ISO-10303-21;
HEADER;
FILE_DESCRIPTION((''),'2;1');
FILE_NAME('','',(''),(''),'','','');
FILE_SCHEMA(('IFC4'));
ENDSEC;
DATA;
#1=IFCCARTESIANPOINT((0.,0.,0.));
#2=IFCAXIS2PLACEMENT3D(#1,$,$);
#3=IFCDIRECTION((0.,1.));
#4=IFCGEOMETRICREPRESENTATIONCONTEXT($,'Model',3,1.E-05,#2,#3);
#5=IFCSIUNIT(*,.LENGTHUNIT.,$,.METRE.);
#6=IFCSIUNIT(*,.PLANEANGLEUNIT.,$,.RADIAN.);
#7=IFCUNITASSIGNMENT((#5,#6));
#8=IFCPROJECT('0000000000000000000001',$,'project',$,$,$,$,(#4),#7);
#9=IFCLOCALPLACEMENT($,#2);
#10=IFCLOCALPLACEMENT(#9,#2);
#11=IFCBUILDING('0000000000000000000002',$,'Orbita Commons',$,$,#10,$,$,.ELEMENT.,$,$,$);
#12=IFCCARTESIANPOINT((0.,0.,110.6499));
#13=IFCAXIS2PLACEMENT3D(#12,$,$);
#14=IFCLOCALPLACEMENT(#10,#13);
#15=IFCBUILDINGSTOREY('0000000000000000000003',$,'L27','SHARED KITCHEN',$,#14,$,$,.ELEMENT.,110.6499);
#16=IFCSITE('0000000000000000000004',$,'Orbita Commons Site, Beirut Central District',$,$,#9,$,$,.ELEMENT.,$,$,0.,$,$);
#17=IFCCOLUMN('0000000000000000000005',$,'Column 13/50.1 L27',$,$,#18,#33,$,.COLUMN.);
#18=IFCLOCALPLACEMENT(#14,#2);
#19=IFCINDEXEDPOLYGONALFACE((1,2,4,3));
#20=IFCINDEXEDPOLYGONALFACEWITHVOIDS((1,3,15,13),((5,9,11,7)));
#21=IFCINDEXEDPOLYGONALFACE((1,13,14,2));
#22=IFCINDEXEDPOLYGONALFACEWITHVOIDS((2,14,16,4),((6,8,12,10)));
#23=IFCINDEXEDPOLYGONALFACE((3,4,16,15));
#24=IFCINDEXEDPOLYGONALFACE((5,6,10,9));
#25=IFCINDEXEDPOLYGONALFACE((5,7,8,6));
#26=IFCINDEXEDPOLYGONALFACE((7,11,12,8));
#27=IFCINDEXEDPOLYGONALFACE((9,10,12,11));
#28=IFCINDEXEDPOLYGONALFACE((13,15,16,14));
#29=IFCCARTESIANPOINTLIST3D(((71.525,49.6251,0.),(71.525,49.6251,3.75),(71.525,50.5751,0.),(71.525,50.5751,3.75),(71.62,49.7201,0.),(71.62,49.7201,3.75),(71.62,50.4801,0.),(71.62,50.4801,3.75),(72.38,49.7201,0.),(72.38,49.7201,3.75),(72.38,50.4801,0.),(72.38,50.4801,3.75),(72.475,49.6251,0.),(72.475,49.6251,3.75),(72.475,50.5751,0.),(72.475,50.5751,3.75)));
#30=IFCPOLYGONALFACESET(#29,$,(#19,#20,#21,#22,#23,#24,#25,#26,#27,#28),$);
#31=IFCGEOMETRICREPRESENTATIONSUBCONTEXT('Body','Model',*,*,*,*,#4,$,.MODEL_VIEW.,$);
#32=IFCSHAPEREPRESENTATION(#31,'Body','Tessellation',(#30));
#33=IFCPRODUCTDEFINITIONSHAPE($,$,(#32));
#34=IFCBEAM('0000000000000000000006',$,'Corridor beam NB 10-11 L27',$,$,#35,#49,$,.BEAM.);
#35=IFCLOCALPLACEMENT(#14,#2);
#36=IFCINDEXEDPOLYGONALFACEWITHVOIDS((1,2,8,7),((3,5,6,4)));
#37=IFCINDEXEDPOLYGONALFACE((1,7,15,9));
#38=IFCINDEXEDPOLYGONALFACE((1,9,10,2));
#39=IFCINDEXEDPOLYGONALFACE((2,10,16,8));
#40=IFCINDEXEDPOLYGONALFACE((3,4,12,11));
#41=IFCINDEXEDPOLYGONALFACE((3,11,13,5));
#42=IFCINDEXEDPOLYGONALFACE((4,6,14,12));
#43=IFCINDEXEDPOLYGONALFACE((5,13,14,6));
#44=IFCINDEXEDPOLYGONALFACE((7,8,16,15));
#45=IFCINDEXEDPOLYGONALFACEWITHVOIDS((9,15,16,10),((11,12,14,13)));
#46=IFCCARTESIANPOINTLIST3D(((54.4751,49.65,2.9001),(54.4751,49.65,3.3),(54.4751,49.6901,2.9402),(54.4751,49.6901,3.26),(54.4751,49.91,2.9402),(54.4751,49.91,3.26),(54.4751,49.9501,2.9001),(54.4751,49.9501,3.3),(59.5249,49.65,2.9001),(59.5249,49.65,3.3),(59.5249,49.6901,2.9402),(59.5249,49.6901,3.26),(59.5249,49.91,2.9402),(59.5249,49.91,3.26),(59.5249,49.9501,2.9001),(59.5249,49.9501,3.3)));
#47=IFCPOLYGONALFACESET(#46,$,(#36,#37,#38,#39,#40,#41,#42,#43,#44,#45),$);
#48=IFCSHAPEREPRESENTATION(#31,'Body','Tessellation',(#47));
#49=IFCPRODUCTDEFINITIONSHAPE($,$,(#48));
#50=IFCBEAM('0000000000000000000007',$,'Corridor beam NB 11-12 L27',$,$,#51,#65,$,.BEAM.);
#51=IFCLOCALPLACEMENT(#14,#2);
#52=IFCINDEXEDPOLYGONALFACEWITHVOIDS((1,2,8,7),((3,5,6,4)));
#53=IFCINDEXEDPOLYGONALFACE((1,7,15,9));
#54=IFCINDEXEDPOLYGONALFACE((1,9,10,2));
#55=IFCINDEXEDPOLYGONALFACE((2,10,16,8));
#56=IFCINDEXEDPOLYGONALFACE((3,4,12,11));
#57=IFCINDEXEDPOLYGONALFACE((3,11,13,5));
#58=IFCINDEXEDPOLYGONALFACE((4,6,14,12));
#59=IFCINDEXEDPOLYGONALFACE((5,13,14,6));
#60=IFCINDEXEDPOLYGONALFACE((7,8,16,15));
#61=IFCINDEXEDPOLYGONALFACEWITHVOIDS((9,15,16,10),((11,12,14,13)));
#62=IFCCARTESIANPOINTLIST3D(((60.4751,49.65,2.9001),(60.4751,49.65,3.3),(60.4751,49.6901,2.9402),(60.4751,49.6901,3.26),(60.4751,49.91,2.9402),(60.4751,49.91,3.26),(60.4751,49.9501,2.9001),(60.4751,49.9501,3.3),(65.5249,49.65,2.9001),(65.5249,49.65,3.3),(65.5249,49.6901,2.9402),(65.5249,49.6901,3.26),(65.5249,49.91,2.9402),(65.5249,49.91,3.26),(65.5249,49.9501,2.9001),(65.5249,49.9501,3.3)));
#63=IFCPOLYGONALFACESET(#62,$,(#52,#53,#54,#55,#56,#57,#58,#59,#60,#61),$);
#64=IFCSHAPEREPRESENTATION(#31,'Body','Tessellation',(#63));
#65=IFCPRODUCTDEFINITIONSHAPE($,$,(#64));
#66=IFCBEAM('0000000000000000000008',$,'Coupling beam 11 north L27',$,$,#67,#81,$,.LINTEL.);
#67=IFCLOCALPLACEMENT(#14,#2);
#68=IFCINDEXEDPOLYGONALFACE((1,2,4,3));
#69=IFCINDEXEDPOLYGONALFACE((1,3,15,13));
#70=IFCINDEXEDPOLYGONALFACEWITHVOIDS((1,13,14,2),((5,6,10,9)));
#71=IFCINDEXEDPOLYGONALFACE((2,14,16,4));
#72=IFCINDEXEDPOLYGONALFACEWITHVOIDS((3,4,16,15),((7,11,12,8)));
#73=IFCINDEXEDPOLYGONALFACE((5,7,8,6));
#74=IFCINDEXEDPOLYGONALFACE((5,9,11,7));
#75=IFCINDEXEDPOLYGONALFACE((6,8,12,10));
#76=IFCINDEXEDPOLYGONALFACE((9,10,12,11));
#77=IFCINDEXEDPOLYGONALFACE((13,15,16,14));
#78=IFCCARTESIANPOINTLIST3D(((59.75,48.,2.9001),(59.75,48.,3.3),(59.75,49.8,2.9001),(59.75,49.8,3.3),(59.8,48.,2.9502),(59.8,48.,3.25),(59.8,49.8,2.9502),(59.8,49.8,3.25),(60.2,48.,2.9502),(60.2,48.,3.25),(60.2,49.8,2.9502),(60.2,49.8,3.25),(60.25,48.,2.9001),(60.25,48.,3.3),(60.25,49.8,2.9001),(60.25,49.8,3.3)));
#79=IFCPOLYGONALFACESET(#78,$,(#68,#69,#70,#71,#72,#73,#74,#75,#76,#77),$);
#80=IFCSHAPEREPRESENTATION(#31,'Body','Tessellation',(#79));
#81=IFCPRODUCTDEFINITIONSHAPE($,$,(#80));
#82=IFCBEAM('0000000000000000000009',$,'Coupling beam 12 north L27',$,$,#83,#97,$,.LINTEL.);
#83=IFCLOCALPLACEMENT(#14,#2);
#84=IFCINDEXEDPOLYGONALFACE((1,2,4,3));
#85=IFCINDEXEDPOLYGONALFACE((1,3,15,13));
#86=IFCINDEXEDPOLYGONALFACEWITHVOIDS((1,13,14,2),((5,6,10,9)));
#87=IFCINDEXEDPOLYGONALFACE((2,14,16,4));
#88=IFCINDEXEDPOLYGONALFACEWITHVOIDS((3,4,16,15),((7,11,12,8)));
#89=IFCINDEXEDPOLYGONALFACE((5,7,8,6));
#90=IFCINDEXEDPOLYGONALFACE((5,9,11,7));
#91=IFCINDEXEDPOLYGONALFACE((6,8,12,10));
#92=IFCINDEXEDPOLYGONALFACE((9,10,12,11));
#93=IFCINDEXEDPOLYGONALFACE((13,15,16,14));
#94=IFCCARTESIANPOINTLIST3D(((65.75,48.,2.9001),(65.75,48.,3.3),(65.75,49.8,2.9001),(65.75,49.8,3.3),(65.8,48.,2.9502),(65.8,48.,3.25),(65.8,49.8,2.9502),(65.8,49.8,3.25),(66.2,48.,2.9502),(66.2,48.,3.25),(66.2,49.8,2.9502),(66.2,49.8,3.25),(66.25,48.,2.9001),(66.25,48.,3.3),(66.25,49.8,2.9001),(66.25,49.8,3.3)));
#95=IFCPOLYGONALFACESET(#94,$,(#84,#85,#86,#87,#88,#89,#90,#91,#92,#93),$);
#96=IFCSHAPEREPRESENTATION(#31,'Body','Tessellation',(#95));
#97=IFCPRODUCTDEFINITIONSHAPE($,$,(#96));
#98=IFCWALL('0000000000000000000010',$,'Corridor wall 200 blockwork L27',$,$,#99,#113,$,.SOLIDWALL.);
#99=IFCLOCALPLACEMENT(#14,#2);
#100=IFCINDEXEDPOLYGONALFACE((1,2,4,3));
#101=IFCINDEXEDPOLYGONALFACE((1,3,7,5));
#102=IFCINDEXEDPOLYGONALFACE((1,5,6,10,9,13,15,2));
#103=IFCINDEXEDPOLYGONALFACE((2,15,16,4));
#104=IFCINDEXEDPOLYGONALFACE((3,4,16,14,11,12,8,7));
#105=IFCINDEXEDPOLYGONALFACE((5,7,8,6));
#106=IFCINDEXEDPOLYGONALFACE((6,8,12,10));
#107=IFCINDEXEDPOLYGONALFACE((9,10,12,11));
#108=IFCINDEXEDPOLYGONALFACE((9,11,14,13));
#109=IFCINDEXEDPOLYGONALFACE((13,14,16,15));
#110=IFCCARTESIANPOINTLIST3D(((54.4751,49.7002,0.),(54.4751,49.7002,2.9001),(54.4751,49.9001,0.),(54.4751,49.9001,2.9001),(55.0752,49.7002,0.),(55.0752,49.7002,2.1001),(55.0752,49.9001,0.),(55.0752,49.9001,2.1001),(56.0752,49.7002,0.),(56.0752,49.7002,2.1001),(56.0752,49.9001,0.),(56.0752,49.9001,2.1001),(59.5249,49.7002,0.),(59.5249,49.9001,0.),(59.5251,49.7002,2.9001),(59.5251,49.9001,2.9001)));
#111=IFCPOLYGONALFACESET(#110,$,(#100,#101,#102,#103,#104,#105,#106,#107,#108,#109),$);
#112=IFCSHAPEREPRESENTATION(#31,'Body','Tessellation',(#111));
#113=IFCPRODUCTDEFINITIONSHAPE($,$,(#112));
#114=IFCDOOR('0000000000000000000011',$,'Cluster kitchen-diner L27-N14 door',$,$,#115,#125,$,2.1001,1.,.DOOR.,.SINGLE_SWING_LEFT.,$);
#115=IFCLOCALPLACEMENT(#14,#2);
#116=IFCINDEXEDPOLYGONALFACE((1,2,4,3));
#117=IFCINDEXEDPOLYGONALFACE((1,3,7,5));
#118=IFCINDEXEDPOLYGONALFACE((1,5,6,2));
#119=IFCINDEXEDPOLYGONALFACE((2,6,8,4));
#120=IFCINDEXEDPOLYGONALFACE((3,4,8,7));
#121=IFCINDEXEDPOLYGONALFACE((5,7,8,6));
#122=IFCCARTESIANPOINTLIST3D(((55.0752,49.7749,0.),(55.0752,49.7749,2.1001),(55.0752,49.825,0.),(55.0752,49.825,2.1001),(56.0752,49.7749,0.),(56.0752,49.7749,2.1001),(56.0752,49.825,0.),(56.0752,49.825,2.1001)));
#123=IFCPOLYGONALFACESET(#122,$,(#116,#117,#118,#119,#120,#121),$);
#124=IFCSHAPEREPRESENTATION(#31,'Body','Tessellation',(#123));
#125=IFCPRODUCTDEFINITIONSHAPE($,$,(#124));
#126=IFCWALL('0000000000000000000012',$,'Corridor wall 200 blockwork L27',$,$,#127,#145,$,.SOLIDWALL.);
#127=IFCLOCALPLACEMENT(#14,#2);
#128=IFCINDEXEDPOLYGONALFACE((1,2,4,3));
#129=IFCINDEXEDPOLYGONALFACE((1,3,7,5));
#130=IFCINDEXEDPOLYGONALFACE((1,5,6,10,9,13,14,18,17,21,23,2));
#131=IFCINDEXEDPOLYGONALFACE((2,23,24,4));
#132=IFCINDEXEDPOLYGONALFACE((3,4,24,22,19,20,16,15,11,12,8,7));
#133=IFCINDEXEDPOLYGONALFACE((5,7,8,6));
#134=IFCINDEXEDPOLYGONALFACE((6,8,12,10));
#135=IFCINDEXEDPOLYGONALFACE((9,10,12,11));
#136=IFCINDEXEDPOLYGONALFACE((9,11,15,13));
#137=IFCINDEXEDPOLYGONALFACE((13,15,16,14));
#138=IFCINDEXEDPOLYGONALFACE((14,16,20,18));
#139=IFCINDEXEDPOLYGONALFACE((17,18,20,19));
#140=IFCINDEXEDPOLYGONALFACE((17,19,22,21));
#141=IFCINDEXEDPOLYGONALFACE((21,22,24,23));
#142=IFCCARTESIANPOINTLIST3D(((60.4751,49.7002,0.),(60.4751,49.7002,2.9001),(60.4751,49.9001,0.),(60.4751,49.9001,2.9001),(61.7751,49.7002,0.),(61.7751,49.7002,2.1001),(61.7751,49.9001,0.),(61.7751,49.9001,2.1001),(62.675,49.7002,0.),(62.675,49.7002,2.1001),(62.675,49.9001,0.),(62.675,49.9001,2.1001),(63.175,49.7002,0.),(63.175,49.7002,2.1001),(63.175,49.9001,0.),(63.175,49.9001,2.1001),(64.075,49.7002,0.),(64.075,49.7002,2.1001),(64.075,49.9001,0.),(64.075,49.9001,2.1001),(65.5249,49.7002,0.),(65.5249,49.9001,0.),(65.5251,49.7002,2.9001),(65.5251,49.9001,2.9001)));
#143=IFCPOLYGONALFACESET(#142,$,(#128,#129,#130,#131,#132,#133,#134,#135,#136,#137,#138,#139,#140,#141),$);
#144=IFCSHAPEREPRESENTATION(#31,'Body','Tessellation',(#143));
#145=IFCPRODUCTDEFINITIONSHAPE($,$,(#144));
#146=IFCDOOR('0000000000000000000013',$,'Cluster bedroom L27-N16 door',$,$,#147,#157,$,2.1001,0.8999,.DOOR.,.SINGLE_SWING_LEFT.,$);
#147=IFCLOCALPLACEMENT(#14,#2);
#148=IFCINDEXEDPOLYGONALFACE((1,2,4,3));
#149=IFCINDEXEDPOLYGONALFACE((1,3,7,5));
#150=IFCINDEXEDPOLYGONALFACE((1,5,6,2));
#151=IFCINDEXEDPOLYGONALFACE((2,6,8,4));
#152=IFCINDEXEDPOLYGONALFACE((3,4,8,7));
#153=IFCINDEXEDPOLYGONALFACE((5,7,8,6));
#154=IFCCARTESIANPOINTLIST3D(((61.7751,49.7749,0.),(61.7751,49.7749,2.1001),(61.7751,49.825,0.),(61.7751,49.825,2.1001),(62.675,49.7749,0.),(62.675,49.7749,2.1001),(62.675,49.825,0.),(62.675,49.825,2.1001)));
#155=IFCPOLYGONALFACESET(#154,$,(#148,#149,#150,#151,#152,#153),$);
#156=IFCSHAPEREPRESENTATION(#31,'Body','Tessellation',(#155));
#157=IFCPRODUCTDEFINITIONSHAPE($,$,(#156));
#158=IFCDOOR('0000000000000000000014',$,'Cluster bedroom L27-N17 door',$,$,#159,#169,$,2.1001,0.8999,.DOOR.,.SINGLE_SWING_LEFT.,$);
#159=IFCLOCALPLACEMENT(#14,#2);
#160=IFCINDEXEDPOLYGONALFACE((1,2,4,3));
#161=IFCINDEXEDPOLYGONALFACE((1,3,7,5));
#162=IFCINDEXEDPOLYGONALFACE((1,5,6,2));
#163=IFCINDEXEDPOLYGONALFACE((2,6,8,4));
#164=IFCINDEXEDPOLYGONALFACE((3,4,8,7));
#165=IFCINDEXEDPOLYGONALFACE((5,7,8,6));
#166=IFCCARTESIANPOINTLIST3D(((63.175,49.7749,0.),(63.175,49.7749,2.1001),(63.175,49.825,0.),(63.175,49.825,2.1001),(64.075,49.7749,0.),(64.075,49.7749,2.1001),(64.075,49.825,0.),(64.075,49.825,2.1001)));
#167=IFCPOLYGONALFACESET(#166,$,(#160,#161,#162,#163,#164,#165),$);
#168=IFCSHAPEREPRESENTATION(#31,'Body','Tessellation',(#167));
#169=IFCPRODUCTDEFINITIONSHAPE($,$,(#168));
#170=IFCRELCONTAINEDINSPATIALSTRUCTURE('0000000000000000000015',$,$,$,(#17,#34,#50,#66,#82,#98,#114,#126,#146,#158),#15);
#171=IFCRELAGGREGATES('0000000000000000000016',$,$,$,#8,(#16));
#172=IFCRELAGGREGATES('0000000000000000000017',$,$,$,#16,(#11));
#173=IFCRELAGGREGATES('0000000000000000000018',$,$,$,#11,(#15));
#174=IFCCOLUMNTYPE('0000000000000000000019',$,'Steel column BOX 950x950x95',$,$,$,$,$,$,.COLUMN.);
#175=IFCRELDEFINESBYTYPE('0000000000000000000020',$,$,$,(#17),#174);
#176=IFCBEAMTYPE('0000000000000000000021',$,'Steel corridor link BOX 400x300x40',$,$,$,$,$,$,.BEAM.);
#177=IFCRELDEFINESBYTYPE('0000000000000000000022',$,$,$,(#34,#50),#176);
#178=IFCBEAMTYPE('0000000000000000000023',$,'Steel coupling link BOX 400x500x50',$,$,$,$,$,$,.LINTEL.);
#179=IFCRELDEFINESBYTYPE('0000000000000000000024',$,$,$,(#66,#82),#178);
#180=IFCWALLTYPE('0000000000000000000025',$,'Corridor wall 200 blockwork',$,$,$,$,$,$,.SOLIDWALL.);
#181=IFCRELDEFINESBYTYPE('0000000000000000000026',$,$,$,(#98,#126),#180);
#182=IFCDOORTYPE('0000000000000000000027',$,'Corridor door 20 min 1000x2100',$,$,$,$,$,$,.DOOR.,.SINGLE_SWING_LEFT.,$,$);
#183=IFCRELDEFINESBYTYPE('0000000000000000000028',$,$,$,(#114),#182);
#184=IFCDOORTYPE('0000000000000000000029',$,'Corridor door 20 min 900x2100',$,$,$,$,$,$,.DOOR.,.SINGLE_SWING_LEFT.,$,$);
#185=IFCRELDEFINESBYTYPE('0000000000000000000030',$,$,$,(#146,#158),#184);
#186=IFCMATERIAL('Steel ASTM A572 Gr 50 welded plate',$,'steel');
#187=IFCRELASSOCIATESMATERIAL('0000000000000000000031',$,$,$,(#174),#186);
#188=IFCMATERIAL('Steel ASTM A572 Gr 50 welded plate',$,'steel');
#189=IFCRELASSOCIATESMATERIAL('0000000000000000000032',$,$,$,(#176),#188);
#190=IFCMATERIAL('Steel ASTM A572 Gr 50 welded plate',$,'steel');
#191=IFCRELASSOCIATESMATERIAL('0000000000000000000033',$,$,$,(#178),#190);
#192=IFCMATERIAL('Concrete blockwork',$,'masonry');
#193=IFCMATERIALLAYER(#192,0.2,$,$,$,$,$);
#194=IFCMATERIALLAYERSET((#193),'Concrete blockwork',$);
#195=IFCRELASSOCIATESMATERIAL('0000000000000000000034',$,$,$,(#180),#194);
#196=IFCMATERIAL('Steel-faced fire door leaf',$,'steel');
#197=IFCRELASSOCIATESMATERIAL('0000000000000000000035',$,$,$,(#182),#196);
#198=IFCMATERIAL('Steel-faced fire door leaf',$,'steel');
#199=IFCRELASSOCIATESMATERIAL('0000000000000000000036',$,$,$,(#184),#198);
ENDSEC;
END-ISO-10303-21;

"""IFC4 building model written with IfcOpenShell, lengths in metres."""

from ifc_helpers import new_model, si_unit, direction, frame, frame_2d, origin, origin_2d, place, context, subcontext, project, spatial, polyline, rectangle, hollow_rectangle, outline, extrude, material, layer, layer_set, material_profile, profile_set, type_object, element, fill, save


model = new_model("IFC4")

# Units and contexts
model_context = context("Model", 3, precision=1e-05, world=origin(), true_north=direction((0.0, 1.0)))
body_context = subcontext(model_context, "Body", "Model", "MODEL_VIEW")
ifc_project = project(units=[si_unit("LENGTHUNIT", "METRE"), si_unit("PLANEANGLEUNIT", "RADIAN")], contexts=[model_context])

# Site, building, storey
site_placement = place(None, origin())
site = spatial("IfcSite", under=ifc_project, at=site_placement, Name="Orbita Commons Site, Beirut Central District", CompositionType="ELEMENT", RefElevation=0.0)
building_placement = place(site_placement, origin())
building = spatial("IfcBuilding", under=site, at=building_placement, Name="Orbita Commons", CompositionType="ELEMENT")
storey_placement = place(building_placement, frame((0.0, 0.0, 110.6499)))
storey = spatial("IfcBuildingStorey", under=building, at=storey_placement, Name="L27", Description="SHARED KITCHEN", CompositionType="ELEMENT", Elevation=110.6499)

# Column
ifc_material_1 = material(Name="Steel ASTM A572 Gr 50 welded plate", Category="steel")
ifc_material_profile_1 = material_profile(ifc_material_1, hollow_rectangle(XDim=0.95, YDim=0.95, WallThickness=0.095, at=origin_2d()), Name="BOX 950x950x95")
ifc_profile_set_1 = profile_set([ifc_material_profile_1], Name="Steel ASTM A572 Gr 50 welded plate")
column_type = type_object("IfcColumnType", Name="Steel column BOX 950x950x95", PredefinedType="COLUMN", material=ifc_profile_set_1)
column_placement = place(storey_placement, frame((72.0, 50.1001, 0.0), z_axis=(0.0, 0.0, 1.0), x_axis=(1.0, 0.0, 0.0)))
element("IfcColumn", 1, at=column_placement, inside=storey, type_object=column_type, Name="Column 13/50.1 L27", PredefinedType="COLUMN", context=body_context, shape_type="SweptSolid", body=[
    extrude(hollow_rectangle(XDim=0.95, YDim=0.95, WallThickness=0.095, at=origin_2d()), origin(), (0.0, 0.0, 1.0), 3.75),
])

# Beams
ifc_material_2 = material(Name="Steel ASTM A572 Gr 50 welded plate", Category="steel")
ifc_material_profile_2 = material_profile(ifc_material_2, hollow_rectangle(XDim=0.3, YDim=0.3999, WallThickness=0.04, at=origin_2d()), Name="BOX 400x300x40")
ifc_profile_set_2 = profile_set([ifc_material_profile_2], Name="Steel ASTM A572 Gr 50 welded plate")
beam_type_1 = type_object("IfcBeamType", Name="Steel corridor link BOX 400x300x40", PredefinedType="BEAM", material=ifc_profile_set_2)
for number, where, z_axis, x_axis, name in (
    (2, (54.4751, 49.8, 3.1001), (1.0, 0.0, 0.0), (0.0, 1.0, 0.0), "Corridor beam NB 10-11 L27"),
    (3, (60.4751, 49.8, 3.1001), (1.0, 0.0, 0.0), (0.0, 1.0, 0.0), "Corridor beam NB 11-12 L27"),
):
    element("IfcBeam", number, at=place(storey_placement, frame(where, z_axis=z_axis, x_axis=x_axis)), inside=storey, type_object=beam_type_1, Name=name, PredefinedType="BEAM", context=body_context, shape_type="SweptSolid", body=[
        extrude(hollow_rectangle(XDim=0.3, YDim=0.3999, WallThickness=0.04, at=origin_2d()), origin(), (0.0, 0.0, 1.0), 5.0498),
    ])
ifc_material_3 = material(Name="Steel ASTM A572 Gr 50 welded plate", Category="steel")
ifc_material_profile_3 = material_profile(ifc_material_3, hollow_rectangle(XDim=0.5, YDim=0.3999, WallThickness=0.05, at=origin_2d()), Name="BOX 400x500x50")
ifc_profile_set_3 = profile_set([ifc_material_profile_3], Name="Steel ASTM A572 Gr 50 welded plate")
beam_type_2 = type_object("IfcBeamType", Name="Steel coupling link BOX 400x500x50", PredefinedType="LINTEL", material=ifc_profile_set_3)
for number, where, z_axis, x_axis, name in (
    (4, (60.0, 48.0, 3.1001), (0.0, 1.0, 0.0), (-1.0, 0.0, 0.0), "Coupling beam 11 north L27"),
    (5, (66.0, 48.0, 3.1001), (0.0, 1.0, 0.0), (-1.0, 0.0, 0.0), "Coupling beam 12 north L27"),
):
    element("IfcBeam", number, at=place(storey_placement, frame(where, z_axis=z_axis, x_axis=x_axis)), inside=storey, type_object=beam_type_2, Name=name, PredefinedType="LINTEL", context=body_context, shape_type="SweptSolid", body=[
        extrude(hollow_rectangle(XDim=0.5, YDim=0.3999, WallThickness=0.05, at=origin_2d()), origin(), (0.0, 0.0, 1.0), 1.8),
    ])

# Wall, opening, door
ifc_material_4 = material(Name="Concrete blockwork", Category="masonry")
ifc_layer_1 = layer(ifc_material_4, 0.2)
ifc_layer_set_1 = layer_set([ifc_layer_1], Name="Concrete blockwork")
wall_type_1 = type_object("IfcWallType", Name="Corridor wall 200 blockwork", PredefinedType="SOLIDWALL", material=ifc_layer_set_1)
wall_1_placement = place(storey_placement, frame((54.4751, 49.8, 0.0), z_axis=(0.0, 0.0, 1.0), x_axis=(1.0, 0.0, 0.0)))
wall_1 = element("IfcWall", 6, at=wall_1_placement, inside=storey, type_object=wall_type_1, Name="Corridor wall 200 blockwork L27", PredefinedType="SOLIDWALL", context=body_context, shape_type="SweptSolid", body=[
    extrude(outline(polyline([(0.0, 0.0), (5.0498, 0.0), (5.05, 2.9001), (0.0, 2.9001), (0.0, 0.0)])), frame((0.0, 0.1001, 0.0), z_axis=(0.0, -1.0, 0.0), x_axis=(1.0, 0.0, 0.0)), (0.0, 0.0, 1.0), 0.2),
])
opening_1_placement = place(wall_1_placement, frame((0.6001, 0.0, 0.0)))
opening_1 = element("IfcOpeningElement", 7, at=opening_1_placement, cuts=wall_1, PredefinedType="OPENING", context=body_context, shape_type="SweptSolid", body=[
    extrude(rectangle(XDim=1.0, YDim=2.1001, at=frame_2d((0.5, 1.05))), frame((0.0, 0.1099, 0.0), z_axis=(0.0, -1.0, 0.0), x_axis=(1.0, 0.0, 0.0)), (0.0, 0.0, 1.0), 0.22),
])
ifc_material_5 = material(Name="Steel-faced fire door leaf", Category="steel")
door_type_1 = type_object("IfcDoorType", Name="Corridor door 20 min 1000x2100", OperationType="SINGLE_SWING_LEFT", PredefinedType="DOOR", material=ifc_material_5)
door_1_placement = place(opening_1_placement, origin())
door_1 = element("IfcDoor", 8, at=door_1_placement, inside=storey, type_object=door_type_1, Name="Cluster kitchen-diner L27-N14 door", OperationType="SINGLE_SWING_LEFT", OverallHeight=2.1001, OverallWidth=1.0, PredefinedType="DOOR", context=body_context, shape_type="SweptSolid", body=[
    extrude(rectangle(XDim=1.0, YDim=2.1001, at=frame_2d((0.5, 1.05))), frame((0.0, 0.0249, 0.0), z_axis=(0.0, -1.0, 0.0), x_axis=(1.0, 0.0, 0.0)), (0.0, 0.0, 1.0), 0.05),
])
fill(opening_1, door_1)

# Wall, openings, doors
wall_2_placement = place(storey_placement, frame((60.4751, 49.8, 0.0), z_axis=(0.0, 0.0, 1.0), x_axis=(1.0, 0.0, 0.0)))
wall_2 = element("IfcWall", 9, at=wall_2_placement, inside=storey, type_object=wall_type_1, Name="Corridor wall 200 blockwork L27", PredefinedType="SOLIDWALL", context=body_context, shape_type="SweptSolid", body=[
    extrude(outline(polyline([(0.0, 0.0), (5.0498, 0.0), (5.05, 2.9001), (0.0, 2.9001), (0.0, 0.0)])), frame((0.0, 0.1001, 0.0), z_axis=(0.0, -1.0, 0.0), x_axis=(1.0, 0.0, 0.0)), (0.0, 0.0, 1.0), 0.2),
])
opening_2_placement = place(wall_2_placement, frame((1.3, 0.0, 0.0)))
opening_2 = element("IfcOpeningElement", 10, at=opening_2_placement, cuts=wall_2, PredefinedType="OPENING", context=body_context, shape_type="SweptSolid", body=[
    extrude(rectangle(XDim=0.8999, YDim=2.1001, at=frame_2d((0.45, 1.05))), frame((0.0, 0.1099, 0.0), z_axis=(0.0, -1.0, 0.0), x_axis=(1.0, 0.0, 0.0)), (0.0, 0.0, 1.0), 0.22),
])
opening_3_placement = place(wall_2_placement, frame((2.7, 0.0, 0.0)))
opening_3 = element("IfcOpeningElement", 11, at=opening_3_placement, cuts=wall_2, PredefinedType="OPENING", context=body_context, shape_type="SweptSolid", body=[
    extrude(rectangle(XDim=0.8999, YDim=2.1001, at=frame_2d((0.45, 1.05))), frame((0.0, 0.1099, 0.0), z_axis=(0.0, -1.0, 0.0), x_axis=(1.0, 0.0, 0.0)), (0.0, 0.0, 1.0), 0.22),
])
ifc_material_6 = material(Name="Steel-faced fire door leaf", Category="steel")
door_type_2 = type_object("IfcDoorType", Name="Corridor door 20 min 900x2100", OperationType="SINGLE_SWING_LEFT", PredefinedType="DOOR", material=ifc_material_6)
door_2_placement = place(opening_2_placement, origin())
door_2 = element("IfcDoor", 12, at=door_2_placement, inside=storey, type_object=door_type_2, Name="Cluster bedroom L27-N16 door", OperationType="SINGLE_SWING_LEFT", OverallHeight=2.1001, OverallWidth=0.8999, PredefinedType="DOOR", context=body_context, shape_type="SweptSolid", body=[
    extrude(rectangle(XDim=0.8999, YDim=2.1001, at=frame_2d((0.45, 1.05))), frame((0.0, 0.0249, 0.0), z_axis=(0.0, -1.0, 0.0), x_axis=(1.0, 0.0, 0.0)), (0.0, 0.0, 1.0), 0.05),
])
fill(opening_2, door_2)
door_3_placement = place(opening_3_placement, origin())
door_3 = element("IfcDoor", 13, at=door_3_placement, inside=storey, type_object=door_type_2, Name="Cluster bedroom L27-N17 door", OperationType="SINGLE_SWING_LEFT", OverallHeight=2.1001, OverallWidth=0.8999, PredefinedType="DOOR", context=body_context, shape_type="SweptSolid", body=[
    extrude(rectangle(XDim=0.8999, YDim=2.1001, at=frame_2d((0.45, 1.05))), frame((0.0, 0.0249, 0.0), z_axis=(0.0, -1.0, 0.0), x_axis=(1.0, 0.0, 0.0)), (0.0, 0.0, 1.0), 0.05),
])
fill(opening_3, door_3)

save(model, "model.ifc")
